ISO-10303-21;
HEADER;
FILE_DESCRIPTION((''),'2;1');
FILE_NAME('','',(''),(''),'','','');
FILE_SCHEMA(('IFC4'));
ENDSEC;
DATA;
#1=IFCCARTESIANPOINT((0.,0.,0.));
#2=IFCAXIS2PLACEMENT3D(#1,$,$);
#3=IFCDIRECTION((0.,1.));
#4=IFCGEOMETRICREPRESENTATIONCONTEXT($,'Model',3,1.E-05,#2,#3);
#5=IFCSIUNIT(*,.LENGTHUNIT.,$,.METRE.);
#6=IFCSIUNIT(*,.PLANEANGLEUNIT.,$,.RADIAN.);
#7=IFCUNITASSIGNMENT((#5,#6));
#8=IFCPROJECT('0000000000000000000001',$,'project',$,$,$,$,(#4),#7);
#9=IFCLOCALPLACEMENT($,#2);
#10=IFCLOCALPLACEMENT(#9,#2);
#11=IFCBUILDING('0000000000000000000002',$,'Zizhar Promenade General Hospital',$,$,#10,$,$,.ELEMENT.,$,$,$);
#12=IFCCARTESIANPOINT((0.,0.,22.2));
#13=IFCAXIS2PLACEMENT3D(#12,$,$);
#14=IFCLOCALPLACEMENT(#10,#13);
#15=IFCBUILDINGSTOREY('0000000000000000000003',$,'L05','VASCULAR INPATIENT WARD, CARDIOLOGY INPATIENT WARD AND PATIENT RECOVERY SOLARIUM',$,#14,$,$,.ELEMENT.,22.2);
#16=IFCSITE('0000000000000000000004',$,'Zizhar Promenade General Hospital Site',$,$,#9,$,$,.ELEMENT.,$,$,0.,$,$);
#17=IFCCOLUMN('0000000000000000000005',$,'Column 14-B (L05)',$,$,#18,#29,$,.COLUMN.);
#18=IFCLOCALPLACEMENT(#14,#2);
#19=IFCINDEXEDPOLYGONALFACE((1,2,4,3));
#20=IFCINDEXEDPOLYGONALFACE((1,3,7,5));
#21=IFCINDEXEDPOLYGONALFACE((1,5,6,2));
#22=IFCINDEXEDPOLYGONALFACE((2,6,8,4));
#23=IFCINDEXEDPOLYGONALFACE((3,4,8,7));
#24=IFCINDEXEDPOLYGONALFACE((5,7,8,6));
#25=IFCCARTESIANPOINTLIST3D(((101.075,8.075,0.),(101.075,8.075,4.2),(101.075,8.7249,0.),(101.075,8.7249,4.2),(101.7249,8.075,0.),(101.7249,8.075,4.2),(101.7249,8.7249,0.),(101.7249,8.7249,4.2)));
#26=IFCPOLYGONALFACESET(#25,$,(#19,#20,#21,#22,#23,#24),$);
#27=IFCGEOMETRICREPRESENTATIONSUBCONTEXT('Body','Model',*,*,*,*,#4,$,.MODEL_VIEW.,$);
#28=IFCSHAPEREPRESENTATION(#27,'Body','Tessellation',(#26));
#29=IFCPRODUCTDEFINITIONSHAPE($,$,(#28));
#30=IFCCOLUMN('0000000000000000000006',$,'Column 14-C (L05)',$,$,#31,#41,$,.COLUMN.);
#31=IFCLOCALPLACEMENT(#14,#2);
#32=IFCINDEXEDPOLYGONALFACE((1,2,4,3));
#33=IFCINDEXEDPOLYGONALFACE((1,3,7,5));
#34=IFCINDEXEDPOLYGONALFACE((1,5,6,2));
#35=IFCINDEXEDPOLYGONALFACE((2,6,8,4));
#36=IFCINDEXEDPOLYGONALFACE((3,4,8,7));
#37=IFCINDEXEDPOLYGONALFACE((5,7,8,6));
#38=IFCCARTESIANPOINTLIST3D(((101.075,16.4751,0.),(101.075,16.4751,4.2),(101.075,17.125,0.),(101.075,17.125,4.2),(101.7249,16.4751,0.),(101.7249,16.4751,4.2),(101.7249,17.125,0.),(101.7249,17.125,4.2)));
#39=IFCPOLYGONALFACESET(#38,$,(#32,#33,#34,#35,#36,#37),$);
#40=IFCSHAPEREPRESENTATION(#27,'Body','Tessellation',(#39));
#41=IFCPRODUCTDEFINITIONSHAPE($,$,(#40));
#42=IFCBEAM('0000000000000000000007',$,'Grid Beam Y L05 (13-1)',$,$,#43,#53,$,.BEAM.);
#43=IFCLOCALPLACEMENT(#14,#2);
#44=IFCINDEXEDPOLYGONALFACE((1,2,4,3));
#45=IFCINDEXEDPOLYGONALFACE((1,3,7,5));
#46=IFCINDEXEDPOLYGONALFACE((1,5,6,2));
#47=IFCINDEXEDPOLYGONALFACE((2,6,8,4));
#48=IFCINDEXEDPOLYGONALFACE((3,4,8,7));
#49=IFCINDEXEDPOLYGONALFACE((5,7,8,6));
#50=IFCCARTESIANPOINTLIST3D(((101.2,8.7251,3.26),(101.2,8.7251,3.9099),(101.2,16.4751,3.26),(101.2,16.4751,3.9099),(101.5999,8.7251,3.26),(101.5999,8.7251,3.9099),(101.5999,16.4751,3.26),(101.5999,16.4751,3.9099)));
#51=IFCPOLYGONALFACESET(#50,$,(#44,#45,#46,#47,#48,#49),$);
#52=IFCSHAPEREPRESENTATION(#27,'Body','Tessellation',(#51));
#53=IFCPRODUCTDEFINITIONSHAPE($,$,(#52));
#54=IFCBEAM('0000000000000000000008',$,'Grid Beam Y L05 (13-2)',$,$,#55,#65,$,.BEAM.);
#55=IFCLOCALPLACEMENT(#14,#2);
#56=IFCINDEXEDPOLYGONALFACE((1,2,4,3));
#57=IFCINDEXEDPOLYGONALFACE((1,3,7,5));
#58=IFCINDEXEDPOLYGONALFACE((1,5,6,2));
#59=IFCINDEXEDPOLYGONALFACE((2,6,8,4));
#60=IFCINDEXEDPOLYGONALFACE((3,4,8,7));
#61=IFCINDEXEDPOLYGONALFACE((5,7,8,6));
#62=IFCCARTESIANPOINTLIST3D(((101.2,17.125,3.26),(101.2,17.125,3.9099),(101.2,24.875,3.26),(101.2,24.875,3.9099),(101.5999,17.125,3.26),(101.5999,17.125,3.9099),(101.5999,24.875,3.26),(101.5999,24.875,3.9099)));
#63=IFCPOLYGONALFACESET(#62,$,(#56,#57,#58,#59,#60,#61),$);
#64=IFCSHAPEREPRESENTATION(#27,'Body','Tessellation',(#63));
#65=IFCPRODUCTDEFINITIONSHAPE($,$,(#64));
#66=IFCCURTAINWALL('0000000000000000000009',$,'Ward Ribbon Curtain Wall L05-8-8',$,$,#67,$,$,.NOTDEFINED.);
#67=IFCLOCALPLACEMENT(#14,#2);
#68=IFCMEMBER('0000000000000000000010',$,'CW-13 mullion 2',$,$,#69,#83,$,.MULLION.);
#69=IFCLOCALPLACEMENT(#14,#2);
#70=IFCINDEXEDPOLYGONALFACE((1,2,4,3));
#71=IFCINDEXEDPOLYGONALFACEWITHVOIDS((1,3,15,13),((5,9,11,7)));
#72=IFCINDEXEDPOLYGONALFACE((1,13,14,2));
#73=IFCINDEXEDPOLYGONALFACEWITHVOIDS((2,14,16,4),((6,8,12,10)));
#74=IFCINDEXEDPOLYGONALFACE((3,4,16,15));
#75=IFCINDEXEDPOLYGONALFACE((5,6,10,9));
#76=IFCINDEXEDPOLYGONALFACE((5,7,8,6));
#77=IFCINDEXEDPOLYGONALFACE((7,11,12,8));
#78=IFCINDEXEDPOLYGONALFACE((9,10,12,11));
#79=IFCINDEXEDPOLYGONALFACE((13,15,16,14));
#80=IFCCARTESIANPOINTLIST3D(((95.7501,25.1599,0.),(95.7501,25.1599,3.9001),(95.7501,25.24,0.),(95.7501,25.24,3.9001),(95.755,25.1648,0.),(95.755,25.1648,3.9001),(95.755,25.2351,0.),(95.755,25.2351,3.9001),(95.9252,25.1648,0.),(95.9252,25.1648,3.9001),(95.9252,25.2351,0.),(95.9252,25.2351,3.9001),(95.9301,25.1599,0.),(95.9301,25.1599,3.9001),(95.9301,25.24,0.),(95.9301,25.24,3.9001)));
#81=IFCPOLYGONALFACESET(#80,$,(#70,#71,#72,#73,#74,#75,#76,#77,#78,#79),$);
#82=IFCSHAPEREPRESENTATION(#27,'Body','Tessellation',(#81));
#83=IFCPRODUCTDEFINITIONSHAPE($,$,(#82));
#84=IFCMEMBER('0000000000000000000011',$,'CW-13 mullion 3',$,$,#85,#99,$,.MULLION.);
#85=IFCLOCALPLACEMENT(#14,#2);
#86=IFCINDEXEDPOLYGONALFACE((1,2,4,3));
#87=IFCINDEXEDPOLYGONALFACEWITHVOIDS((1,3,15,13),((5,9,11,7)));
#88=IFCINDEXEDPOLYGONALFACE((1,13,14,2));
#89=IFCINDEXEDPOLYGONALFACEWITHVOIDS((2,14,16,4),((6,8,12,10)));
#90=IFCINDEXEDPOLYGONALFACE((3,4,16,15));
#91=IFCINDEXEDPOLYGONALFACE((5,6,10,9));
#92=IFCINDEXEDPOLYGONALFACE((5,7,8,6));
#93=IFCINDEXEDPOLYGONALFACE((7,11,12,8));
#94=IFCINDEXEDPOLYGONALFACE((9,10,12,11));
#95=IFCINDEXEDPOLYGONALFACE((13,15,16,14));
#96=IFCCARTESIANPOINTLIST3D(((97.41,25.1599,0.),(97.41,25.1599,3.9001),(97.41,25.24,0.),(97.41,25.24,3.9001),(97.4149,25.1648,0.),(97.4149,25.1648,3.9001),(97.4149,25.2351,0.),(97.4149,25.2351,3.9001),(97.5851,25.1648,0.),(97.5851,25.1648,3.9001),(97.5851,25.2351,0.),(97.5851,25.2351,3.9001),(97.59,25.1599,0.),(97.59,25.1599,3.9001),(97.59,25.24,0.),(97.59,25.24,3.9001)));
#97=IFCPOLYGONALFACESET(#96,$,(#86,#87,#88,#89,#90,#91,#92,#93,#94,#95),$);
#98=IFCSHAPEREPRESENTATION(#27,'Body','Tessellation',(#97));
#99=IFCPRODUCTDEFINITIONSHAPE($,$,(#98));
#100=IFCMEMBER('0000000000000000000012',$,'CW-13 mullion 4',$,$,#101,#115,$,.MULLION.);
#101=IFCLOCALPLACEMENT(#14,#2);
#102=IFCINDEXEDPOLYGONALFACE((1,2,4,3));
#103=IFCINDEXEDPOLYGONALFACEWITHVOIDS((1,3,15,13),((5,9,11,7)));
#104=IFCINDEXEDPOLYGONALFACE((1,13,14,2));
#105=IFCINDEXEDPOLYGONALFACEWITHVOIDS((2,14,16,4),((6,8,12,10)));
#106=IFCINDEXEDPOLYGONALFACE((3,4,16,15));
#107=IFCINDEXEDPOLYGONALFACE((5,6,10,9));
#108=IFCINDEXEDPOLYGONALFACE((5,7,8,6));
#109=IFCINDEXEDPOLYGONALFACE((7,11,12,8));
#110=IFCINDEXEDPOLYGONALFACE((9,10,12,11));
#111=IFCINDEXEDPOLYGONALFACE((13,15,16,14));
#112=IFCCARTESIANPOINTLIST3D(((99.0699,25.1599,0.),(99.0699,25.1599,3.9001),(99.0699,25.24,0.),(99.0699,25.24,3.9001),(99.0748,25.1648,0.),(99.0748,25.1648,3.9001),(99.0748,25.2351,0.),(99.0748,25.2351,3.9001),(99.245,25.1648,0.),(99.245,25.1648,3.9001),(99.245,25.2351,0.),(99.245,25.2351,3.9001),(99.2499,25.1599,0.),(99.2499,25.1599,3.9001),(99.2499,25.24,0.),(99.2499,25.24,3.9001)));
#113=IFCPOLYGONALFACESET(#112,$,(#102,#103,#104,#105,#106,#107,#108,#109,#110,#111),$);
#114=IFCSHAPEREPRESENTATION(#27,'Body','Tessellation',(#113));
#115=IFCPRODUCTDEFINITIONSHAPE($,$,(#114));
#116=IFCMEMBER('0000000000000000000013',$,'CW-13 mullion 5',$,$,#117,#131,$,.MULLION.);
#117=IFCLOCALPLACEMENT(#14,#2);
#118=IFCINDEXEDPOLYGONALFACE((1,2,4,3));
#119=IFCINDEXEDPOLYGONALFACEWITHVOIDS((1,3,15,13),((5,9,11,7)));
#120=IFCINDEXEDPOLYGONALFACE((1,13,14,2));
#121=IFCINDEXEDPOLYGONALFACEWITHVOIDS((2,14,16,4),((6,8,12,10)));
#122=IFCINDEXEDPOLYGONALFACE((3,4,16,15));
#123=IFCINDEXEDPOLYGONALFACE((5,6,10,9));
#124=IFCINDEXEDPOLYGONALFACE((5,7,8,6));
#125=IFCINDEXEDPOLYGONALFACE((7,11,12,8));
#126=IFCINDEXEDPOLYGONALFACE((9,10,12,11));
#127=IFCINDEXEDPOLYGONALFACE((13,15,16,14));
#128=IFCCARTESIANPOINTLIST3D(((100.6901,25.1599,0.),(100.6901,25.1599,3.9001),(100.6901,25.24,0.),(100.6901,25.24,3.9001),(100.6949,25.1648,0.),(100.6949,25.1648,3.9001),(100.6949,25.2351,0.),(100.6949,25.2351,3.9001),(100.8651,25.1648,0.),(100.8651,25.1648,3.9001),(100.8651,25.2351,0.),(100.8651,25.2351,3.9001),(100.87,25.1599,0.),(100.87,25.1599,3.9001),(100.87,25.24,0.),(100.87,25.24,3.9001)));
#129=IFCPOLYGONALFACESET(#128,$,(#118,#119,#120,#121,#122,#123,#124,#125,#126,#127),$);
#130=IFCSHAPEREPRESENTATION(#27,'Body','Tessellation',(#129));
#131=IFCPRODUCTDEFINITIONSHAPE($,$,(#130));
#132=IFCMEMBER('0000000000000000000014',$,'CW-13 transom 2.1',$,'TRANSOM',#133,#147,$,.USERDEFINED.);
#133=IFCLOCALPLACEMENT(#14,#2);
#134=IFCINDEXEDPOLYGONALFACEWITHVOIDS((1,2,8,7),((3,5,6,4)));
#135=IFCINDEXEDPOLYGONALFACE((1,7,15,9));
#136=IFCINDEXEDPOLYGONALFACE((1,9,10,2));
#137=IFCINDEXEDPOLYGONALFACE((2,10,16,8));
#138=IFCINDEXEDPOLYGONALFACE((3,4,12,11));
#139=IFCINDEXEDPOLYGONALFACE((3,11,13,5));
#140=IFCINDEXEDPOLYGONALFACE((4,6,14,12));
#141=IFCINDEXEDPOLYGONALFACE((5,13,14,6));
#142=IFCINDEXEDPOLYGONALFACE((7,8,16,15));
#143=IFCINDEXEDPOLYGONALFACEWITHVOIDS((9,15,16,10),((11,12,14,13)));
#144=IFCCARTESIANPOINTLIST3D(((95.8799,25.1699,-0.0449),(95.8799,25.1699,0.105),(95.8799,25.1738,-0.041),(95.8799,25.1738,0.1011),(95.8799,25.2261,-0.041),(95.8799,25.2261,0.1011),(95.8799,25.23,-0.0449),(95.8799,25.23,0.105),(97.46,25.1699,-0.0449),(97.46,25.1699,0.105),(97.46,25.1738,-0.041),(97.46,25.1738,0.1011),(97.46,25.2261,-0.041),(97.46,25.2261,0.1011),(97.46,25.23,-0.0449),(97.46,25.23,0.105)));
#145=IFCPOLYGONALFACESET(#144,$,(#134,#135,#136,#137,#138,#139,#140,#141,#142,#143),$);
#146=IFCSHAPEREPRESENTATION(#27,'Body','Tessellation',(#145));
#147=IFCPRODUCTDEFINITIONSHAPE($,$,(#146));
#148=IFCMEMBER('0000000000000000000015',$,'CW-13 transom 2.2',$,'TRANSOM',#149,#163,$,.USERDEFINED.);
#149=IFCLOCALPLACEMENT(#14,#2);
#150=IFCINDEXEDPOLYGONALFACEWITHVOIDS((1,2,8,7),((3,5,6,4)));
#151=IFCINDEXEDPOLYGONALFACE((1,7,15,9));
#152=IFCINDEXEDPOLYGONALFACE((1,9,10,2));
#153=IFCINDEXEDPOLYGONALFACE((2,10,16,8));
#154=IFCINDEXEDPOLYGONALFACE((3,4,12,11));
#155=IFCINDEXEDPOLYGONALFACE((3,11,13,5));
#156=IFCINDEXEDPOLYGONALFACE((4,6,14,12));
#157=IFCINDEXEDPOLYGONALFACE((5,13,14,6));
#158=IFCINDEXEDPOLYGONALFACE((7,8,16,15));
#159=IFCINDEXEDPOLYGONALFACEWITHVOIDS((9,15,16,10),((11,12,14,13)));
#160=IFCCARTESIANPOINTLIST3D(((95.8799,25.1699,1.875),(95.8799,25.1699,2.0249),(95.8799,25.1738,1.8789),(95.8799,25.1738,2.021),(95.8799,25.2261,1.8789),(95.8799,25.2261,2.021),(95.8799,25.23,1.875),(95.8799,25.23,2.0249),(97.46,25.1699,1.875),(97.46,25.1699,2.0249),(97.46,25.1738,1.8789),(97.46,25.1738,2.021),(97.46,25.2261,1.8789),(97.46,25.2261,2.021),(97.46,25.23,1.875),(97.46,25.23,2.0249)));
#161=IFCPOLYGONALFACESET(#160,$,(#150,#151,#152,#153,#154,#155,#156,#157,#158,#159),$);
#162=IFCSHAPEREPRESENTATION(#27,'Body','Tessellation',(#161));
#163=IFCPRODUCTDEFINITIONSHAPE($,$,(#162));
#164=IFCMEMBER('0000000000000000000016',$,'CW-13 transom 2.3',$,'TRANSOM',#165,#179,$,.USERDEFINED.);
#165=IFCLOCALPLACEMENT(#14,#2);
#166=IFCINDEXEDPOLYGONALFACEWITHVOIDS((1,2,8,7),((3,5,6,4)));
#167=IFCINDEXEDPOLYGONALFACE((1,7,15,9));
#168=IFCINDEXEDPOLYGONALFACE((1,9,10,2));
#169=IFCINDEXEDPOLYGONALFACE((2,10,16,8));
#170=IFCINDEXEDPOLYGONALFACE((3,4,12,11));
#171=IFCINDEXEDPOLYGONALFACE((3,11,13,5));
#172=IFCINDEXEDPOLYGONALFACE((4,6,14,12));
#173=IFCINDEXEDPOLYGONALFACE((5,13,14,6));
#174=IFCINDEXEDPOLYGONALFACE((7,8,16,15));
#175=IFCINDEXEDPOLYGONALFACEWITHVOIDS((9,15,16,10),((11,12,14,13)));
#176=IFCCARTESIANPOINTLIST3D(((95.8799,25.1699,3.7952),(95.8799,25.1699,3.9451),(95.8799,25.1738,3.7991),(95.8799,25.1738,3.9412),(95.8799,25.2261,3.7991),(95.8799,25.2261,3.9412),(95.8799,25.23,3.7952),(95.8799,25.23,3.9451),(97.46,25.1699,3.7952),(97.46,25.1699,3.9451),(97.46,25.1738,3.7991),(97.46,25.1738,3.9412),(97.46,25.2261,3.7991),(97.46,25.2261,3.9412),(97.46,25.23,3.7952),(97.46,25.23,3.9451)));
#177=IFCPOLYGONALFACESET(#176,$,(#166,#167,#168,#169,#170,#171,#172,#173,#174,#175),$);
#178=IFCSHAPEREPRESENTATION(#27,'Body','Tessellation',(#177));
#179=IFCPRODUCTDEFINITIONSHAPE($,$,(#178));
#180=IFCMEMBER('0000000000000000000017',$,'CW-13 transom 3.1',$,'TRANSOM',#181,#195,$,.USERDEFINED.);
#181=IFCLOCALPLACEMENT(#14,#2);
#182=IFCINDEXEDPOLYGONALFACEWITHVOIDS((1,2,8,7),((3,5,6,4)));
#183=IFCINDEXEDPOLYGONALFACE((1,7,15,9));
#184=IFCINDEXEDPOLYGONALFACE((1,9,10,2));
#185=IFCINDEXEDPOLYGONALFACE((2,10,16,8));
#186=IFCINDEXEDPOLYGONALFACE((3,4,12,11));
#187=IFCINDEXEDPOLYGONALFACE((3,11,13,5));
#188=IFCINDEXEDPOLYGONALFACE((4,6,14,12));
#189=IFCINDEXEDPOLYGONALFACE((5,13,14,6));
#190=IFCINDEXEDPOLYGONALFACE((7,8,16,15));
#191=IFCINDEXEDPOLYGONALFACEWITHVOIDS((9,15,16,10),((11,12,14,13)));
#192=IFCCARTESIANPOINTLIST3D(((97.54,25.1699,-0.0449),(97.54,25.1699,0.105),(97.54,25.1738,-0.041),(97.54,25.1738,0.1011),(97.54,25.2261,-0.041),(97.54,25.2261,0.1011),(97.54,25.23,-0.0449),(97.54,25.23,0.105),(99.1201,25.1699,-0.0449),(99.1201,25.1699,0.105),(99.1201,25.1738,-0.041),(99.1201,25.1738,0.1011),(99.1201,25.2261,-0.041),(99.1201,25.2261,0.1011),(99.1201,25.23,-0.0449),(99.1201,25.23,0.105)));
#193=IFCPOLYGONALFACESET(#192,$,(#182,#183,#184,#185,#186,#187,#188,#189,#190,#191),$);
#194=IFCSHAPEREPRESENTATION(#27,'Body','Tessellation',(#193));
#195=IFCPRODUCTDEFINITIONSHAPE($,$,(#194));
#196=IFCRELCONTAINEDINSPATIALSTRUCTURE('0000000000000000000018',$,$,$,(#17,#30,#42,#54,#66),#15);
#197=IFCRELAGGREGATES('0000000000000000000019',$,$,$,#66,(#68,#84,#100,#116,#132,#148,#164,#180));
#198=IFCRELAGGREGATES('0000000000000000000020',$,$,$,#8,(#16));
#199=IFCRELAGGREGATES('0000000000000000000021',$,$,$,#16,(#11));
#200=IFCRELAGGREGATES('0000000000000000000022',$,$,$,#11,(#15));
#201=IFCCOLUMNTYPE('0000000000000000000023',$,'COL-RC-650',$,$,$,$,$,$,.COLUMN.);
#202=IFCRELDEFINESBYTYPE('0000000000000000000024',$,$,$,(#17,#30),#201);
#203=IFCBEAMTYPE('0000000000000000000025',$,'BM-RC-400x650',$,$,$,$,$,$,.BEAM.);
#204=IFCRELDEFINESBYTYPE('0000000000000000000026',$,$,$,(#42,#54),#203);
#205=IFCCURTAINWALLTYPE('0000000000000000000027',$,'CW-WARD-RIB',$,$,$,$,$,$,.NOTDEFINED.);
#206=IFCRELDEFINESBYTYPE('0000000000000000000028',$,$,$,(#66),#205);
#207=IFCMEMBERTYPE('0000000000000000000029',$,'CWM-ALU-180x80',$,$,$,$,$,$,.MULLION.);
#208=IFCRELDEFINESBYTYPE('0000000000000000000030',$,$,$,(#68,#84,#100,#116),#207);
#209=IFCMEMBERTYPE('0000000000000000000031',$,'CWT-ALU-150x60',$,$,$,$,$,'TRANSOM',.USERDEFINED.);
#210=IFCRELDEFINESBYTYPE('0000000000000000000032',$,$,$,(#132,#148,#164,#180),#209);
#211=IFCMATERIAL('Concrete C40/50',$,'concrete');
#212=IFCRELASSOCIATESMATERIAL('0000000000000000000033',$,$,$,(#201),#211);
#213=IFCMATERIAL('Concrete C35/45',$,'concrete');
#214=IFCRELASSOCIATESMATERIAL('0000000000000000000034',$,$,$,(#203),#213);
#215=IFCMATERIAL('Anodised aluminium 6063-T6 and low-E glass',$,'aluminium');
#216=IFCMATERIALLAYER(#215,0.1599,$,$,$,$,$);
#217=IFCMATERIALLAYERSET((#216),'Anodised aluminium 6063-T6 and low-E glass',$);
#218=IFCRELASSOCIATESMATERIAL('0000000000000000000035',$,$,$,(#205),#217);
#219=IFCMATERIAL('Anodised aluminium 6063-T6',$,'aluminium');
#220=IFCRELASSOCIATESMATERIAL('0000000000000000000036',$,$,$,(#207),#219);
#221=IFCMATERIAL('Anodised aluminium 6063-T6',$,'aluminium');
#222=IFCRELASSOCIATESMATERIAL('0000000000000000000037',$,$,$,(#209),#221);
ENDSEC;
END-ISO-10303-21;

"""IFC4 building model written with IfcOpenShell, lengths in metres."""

from ifc_helpers import new_model, si_unit, direction, frame, origin, origin_2d, place, context, subcontext, project, spatial, rectangle, hollow_rectangle, extrude, material, layer, layer_set, material_profile, profile_set, type_object, element, aggregate, save


model = new_model("IFC4")

# Units and contexts
model_context = context("Model", 3, precision=1e-05, world=origin(), true_north=direction((0.0, 1.0)))
body_context = subcontext(model_context, "Body", "Model", "MODEL_VIEW")
ifc_project = project(units=[si_unit("LENGTHUNIT", "METRE"), si_unit("PLANEANGLEUNIT", "RADIAN")], contexts=[model_context])

# Site, building, storey
site_placement = place(None, origin())
site = spatial("IfcSite", under=ifc_project, at=site_placement, Name="Zizhar Promenade General Hospital Site", CompositionType="ELEMENT", RefElevation=0.0)
building_placement = place(site_placement, origin())
building = spatial("IfcBuilding", under=site, at=building_placement, Name="Zizhar Promenade General Hospital", CompositionType="ELEMENT")
storey_placement = place(building_placement, frame((0.0, 0.0, 22.2)))
storey = spatial("IfcBuildingStorey", under=building, at=storey_placement, Name="L05", Description="VASCULAR INPATIENT WARD, CARDIOLOGY INPATIENT WARD AND PATIENT RECOVERY SOLARIUM", CompositionType="ELEMENT", Elevation=22.2)

# Columns
ifc_material_1 = material(Name="Concrete C40/50", Category="concrete")
ifc_material_profile_1 = material_profile(ifc_material_1, rectangle(XDim=0.6499, YDim=0.6499, at=origin_2d()))
ifc_profile_set_1 = profile_set([ifc_material_profile_1], Name="Concrete C40/50")
column_type = type_object("IfcColumnType", Name="COL-RC-650", PredefinedType="COLUMN", material=ifc_profile_set_1)
for number, where, z_axis, x_axis, name in (
    (1, (101.3999, 8.3999, 0.0), (0.0, 0.0, 1.0), (1.0, 0.0, 0.0), "Column 14-B (L05)"),
    (2, (101.3999, 16.8, 0.0), (0.0, 0.0, 1.0), (1.0, 0.0, 0.0), "Column 14-C (L05)"),
):
    element("IfcColumn", number, at=place(storey_placement, frame(where, z_axis=z_axis, x_axis=x_axis)), inside=storey, type_object=column_type, Name=name, PredefinedType="COLUMN", context=body_context, shape_type="SweptSolid", body=[
        extrude(rectangle(XDim=0.6499, YDim=0.6499, at=origin_2d()), origin(), (0.0, 0.0, 1.0), 4.2),
    ])

# Beams
ifc_material_2 = material(Name="Concrete C35/45", Category="concrete")
ifc_material_profile_2 = material_profile(ifc_material_2, rectangle(XDim=0.3999, YDim=0.6499, at=origin_2d()))
ifc_profile_set_2 = profile_set([ifc_material_profile_2], Name="Concrete C35/45")
beam_type = type_object("IfcBeamType", Name="BM-RC-400x650", PredefinedType="BEAM", material=ifc_profile_set_2)
for number, where, z_axis, x_axis, name in (
    (3, (101.3999, 8.7251, 3.585), (0.0, 1.0, 0.0), (-1.0, 0.0, 0.0), "Grid Beam Y L05 (13-1)"),
    (4, (101.3999, 17.125, 3.585), (0.0, 1.0, 0.0), (-1.0, 0.0, 0.0), "Grid Beam Y L05 (13-2)"),
):
    element("IfcBeam", number, at=place(storey_placement, frame(where, z_axis=z_axis, x_axis=x_axis)), inside=storey, type_object=beam_type, Name=name, PredefinedType="BEAM", context=body_context, shape_type="SweptSolid", body=[
        extrude(rectangle(XDim=0.3999, YDim=0.6499, at=origin_2d()), origin(), (0.0, 0.0, 1.0), 7.75),
    ])

# Curtain wall, members
ifc_material_3 = material(Name="Anodised aluminium 6063-T6 and low-E glass", Category="aluminium")
ifc_layer_1 = layer(ifc_material_3, 0.1599)
ifc_layer_set_1 = layer_set([ifc_layer_1], Name="Anodised aluminium 6063-T6 and low-E glass")
curtain_wall_type = type_object("IfcCurtainWallType", Name="CW-WARD-RIB", PredefinedType="NOTDEFINED", material=ifc_layer_set_1)
curtain_wall_placement = place(storey_placement, origin())
curtain_wall = element("IfcCurtainWall", 5, at=curtain_wall_placement, inside=storey, type_object=curtain_wall_type, Name="Ward Ribbon Curtain Wall L05-8-8", PredefinedType="NOTDEFINED")
ifc_material_4 = material(Name="Anodised aluminium 6063-T6", Category="aluminium")
ifc_material_profile_3 = material_profile(ifc_material_4, hollow_rectangle(XDim=0.0801, YDim=0.1799, WallThickness=0.0049, at=origin_2d()))
ifc_profile_set_3 = profile_set([ifc_material_profile_3], Name="Anodised aluminium 6063-T6")
member_type_1 = type_object("IfcMemberType", Name="CWM-ALU-180x80", PredefinedType="MULLION", material=ifc_profile_set_3)
member_1_placement = place(storey_placement, frame((95.8401, 25.2, 0.0), z_axis=(0.0, 0.0, 1.0), x_axis=(0.0, 1.0, 0.0)))
member_1 = element("IfcMember", 6, at=member_1_placement, type_object=member_type_1, Name="CW-13 mullion 2", PredefinedType="MULLION", context=body_context, shape_type="SweptSolid", body=[
    extrude(hollow_rectangle(XDim=0.0801, YDim=0.1799, WallThickness=0.0049, at=origin_2d()), origin(), (0.0, 0.0, 1.0), 3.9001),
])
member_2_placement = place(storey_placement, frame((97.5, 25.2, 0.0), z_axis=(0.0, 0.0, 1.0), x_axis=(0.0, 1.0, 0.0)))
member_2 = element("IfcMember", 7, at=member_2_placement, type_object=member_type_1, Name="CW-13 mullion 3", PredefinedType="MULLION", context=body_context, shape_type="SweptSolid", body=[
    extrude(hollow_rectangle(XDim=0.0801, YDim=0.1799, WallThickness=0.0049, at=origin_2d()), origin(), (0.0, 0.0, 1.0), 3.9001),
])
member_3_placement = place(storey_placement, frame((99.1599, 25.2, 0.0), z_axis=(0.0, 0.0, 1.0), x_axis=(0.0, 1.0, 0.0)))
member_3 = element("IfcMember", 8, at=member_3_placement, type_object=member_type_1, Name="CW-13 mullion 4", PredefinedType="MULLION", context=body_context, shape_type="SweptSolid", body=[
    extrude(hollow_rectangle(XDim=0.0801, YDim=0.1799, WallThickness=0.0049, at=origin_2d()), origin(), (0.0, 0.0, 1.0), 3.9001),
])
member_4_placement = place(storey_placement, frame((100.78, 25.2, 0.0), z_axis=(0.0, 0.0, 1.0), x_axis=(0.0, 1.0, 0.0)))
member_4 = element("IfcMember", 9, at=member_4_placement, type_object=member_type_1, Name="CW-13 mullion 5", PredefinedType="MULLION", context=body_context, shape_type="SweptSolid", body=[
    extrude(hollow_rectangle(XDim=0.0801, YDim=0.1799, WallThickness=0.0049, at=origin_2d()), origin(), (0.0, 0.0, 1.0), 3.9001),
])
ifc_material_5 = material(Name="Anodised aluminium 6063-T6", Category="aluminium")
ifc_material_profile_4 = material_profile(ifc_material_5, hollow_rectangle(XDim=0.0601, YDim=0.1499, WallThickness=0.0039, at=origin_2d()))
ifc_profile_set_4 = profile_set([ifc_material_profile_4], Name="Anodised aluminium 6063-T6")
member_type_2 = type_object("IfcMemberType", Name="CWT-ALU-150x60", ElementType="TRANSOM", PredefinedType="USERDEFINED", material=ifc_profile_set_4)
member_5_placement = place(storey_placement, frame((95.8799, 25.2, 0.03), z_axis=(1.0, 0.0, 0.0), x_axis=(0.0, 1.0, 0.0)))
member_5 = element("IfcMember", 10, at=member_5_placement, type_object=member_type_2, Name="CW-13 transom 2.1", ObjectType="TRANSOM", PredefinedType="USERDEFINED", context=body_context, shape_type="SweptSolid", body=[
    extrude(hollow_rectangle(XDim=0.0601, YDim=0.1499, WallThickness=0.0039, at=origin_2d()), origin(), (0.0, 0.0, 1.0), 1.5801),
])
member_6_placement = place(storey_placement, frame((95.8799, 25.2, 1.95), z_axis=(1.0, 0.0, 0.0), x_axis=(0.0, 1.0, 0.0)))
member_6 = element("IfcMember", 11, at=member_6_placement, type_object=member_type_2, Name="CW-13 transom 2.2", ObjectType="TRANSOM", PredefinedType="USERDEFINED", context=body_context, shape_type="SweptSolid", body=[
    extrude(hollow_rectangle(XDim=0.0601, YDim=0.1499, WallThickness=0.0039, at=origin_2d()), origin(), (0.0, 0.0, 1.0), 1.5801),
])
member_7_placement = place(storey_placement, frame((95.8799, 25.2, 3.8701), z_axis=(1.0, 0.0, 0.0), x_axis=(0.0, 1.0, 0.0)))
member_7 = element("IfcMember", 12, at=member_7_placement, type_object=member_type_2, Name="CW-13 transom 2.3", ObjectType="TRANSOM", PredefinedType="USERDEFINED", context=body_context, shape_type="SweptSolid", body=[
    extrude(hollow_rectangle(XDim=0.0601, YDim=0.1499, WallThickness=0.0039, at=origin_2d()), origin(), (0.0, 0.0, 1.0), 1.5801),
])
member_8_placement = place(storey_placement, frame((97.54, 25.2, 0.03), z_axis=(1.0, 0.0, 0.0), x_axis=(0.0, 1.0, 0.0)))
member_8 = element("IfcMember", 13, at=member_8_placement, type_object=member_type_2, Name="CW-13 transom 3.1", ObjectType="TRANSOM", PredefinedType="USERDEFINED", context=body_context, shape_type="SweptSolid", body=[
    extrude(hollow_rectangle(XDim=0.0601, YDim=0.1499, WallThickness=0.0039, at=origin_2d()), origin(), (0.0, 0.0, 1.0), 1.5801),
])
aggregate(curtain_wall, [member_1, member_2, member_3, member_4, member_5, member_6, member_7, member_8])

save(model, "model.ifc")
